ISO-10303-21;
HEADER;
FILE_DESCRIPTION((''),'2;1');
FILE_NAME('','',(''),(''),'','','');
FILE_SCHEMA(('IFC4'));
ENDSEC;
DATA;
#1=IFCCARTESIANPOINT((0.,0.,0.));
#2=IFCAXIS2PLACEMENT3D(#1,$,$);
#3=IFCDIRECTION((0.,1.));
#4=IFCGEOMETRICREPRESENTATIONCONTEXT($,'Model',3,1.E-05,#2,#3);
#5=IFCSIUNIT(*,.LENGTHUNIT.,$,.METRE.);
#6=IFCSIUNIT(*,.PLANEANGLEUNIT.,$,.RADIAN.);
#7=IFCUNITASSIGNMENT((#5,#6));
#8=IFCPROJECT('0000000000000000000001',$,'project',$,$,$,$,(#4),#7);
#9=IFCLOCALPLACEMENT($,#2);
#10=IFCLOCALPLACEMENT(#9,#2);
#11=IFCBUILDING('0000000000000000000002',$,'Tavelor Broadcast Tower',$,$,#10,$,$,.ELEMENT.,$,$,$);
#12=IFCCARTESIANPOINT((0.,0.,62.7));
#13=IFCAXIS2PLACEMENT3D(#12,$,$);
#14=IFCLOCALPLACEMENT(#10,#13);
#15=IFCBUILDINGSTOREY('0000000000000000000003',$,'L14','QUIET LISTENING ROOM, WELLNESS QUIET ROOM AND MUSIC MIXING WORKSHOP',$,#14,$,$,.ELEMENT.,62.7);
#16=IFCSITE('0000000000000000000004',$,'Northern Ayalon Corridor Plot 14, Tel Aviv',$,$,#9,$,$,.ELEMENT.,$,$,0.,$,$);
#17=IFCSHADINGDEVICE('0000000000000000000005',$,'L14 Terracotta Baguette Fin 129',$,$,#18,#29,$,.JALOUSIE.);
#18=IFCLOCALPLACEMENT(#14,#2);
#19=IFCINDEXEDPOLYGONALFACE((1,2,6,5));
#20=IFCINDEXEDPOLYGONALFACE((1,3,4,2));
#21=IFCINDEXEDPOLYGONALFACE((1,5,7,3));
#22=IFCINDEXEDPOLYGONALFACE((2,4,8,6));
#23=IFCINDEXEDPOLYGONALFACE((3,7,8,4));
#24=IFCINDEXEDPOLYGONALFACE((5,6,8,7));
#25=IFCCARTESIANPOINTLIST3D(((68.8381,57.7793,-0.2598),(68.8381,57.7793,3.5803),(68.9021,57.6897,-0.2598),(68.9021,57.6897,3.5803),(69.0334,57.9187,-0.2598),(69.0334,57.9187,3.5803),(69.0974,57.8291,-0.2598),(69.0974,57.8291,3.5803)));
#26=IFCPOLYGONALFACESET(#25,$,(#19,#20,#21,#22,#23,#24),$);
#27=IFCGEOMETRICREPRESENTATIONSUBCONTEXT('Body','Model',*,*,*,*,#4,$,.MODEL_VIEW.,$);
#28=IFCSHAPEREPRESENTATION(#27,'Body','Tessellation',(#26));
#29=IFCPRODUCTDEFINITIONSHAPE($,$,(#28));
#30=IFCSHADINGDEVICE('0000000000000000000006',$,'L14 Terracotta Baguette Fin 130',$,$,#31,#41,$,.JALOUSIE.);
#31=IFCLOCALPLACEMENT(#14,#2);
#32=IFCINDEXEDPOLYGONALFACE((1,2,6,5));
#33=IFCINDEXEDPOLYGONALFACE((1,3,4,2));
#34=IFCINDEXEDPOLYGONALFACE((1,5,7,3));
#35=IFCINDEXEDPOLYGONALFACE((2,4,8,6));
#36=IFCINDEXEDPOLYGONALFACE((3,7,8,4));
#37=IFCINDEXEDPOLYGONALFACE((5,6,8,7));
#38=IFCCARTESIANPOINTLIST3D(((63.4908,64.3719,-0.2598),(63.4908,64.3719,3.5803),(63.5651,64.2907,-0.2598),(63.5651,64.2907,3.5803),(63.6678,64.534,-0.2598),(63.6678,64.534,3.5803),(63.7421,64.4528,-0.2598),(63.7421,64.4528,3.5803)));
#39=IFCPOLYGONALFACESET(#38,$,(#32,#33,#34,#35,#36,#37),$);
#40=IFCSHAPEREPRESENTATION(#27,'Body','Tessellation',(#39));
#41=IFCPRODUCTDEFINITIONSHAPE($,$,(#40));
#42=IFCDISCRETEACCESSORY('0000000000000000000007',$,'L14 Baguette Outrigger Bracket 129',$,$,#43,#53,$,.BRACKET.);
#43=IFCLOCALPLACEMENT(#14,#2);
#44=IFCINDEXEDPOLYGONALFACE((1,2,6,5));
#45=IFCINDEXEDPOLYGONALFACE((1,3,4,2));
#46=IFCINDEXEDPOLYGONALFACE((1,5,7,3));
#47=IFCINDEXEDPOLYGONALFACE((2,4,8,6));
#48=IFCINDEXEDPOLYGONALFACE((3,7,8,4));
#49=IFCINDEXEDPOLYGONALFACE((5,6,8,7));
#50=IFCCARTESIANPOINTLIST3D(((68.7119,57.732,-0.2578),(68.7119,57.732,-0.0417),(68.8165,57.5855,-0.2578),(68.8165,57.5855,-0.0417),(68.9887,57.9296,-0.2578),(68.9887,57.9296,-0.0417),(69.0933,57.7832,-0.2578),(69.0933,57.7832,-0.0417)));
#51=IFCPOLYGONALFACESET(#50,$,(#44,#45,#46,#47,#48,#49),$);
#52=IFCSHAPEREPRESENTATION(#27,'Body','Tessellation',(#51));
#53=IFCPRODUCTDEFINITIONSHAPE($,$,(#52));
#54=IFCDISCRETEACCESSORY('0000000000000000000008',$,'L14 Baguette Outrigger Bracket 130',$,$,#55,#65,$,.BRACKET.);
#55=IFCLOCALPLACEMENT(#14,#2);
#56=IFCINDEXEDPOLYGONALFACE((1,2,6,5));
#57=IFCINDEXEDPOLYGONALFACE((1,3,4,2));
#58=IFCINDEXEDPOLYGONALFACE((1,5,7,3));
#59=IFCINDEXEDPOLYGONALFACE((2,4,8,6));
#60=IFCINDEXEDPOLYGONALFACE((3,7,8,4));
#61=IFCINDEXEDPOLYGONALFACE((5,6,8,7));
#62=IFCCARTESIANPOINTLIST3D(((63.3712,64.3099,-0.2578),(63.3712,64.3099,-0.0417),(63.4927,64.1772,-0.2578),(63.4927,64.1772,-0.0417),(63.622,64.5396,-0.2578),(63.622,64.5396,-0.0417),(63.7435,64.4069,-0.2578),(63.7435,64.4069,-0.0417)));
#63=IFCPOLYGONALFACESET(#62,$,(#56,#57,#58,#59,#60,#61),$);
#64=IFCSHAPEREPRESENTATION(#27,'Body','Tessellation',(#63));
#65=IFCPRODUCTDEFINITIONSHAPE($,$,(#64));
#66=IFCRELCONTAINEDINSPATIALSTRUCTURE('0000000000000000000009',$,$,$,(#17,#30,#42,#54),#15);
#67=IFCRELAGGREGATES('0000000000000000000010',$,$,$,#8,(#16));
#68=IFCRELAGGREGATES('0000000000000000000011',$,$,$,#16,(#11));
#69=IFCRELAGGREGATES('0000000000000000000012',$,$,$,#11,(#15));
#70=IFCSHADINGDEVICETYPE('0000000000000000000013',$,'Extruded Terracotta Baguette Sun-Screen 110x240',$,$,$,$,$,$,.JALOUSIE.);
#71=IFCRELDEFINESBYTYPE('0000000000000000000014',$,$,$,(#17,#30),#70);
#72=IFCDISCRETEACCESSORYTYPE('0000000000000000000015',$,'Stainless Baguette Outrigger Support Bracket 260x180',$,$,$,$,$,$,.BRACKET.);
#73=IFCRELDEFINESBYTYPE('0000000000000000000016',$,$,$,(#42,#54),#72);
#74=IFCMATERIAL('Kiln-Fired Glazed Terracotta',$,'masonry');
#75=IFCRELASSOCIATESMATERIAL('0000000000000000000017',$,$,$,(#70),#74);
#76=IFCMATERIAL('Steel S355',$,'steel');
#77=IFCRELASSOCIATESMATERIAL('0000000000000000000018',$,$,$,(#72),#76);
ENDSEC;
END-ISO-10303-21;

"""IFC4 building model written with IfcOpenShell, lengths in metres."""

from ifc_helpers import new_model, si_unit, direction, frame, origin, origin_2d, place, context, subcontext, project, spatial, rectangle, extrude, source, transform, mapped, material, type_object, type_shapes, element, save


model = new_model("IFC4")

# Units and contexts
model_context = context("Model", 3, precision=1e-05, world=origin(), true_north=direction((0.0, 1.0)))
body_context = subcontext(model_context, "Body", "Model", "MODEL_VIEW")
ifc_project = project(units=[si_unit("LENGTHUNIT", "METRE"), si_unit("PLANEANGLEUNIT", "RADIAN")], contexts=[model_context])

# Site, building, storey
site_placement = place(None, origin())
site = spatial("IfcSite", under=ifc_project, at=site_placement, Name="Northern Ayalon Corridor Plot 14, Tel Aviv", CompositionType="ELEMENT", RefElevation=0.0)
building_placement = place(site_placement, origin())
building = spatial("IfcBuilding", under=site, at=building_placement, Name="Tavelor Broadcast Tower", CompositionType="ELEMENT")
storey_placement = place(building_placement, frame((0.0, 0.0, 62.7)))
storey = spatial("IfcBuildingStorey", under=building, at=storey_placement, Name="L14", Description="QUIET LISTENING ROOM, WELLNESS QUIET ROOM AND MUSIC MIXING WORKSHOP", CompositionType="ELEMENT", Elevation=62.7)

# Shared definitions
ifc_material_1 = material(Name="Steel S355", Category="steel")

# Shading devices
ifc_material_2 = material(Name="Kiln-Fired Glazed Terracotta", Category="masonry")
shading_device_type = type_object("IfcShadingDeviceType", Name="Extruded Terracotta Baguette Sun-Screen 110x240", PredefinedType="JALOUSIE", material=ifc_material_2)
shared_shape_1 = source(origin(), body_context, "Body", "SweptSolid", [
    extrude(rectangle(XDim=0.1101, YDim=0.24, at=origin_2d()), origin(), (0.0, 0.0, 1.0), 3.8401),
])
type_shapes(shading_device_type, [shared_shape_1])
for number, where, z_axis, x_axis, name in (
    (1, (68.9678, 57.8042, -0.2598), (0.0, 0.0, 1.0), (-0.581129, 0.813811, 0.0), "L14 Terracotta Baguette Fin 129"),
    (2, (63.6165, 64.4124, -0.2598), (0.0, 0.0, 1.0), (-0.675333, 0.737513, 0.0), "L14 Terracotta Baguette Fin 130"),
):
    element("IfcShadingDevice", number, at=place(storey_placement, frame(where, z_axis=z_axis, x_axis=x_axis)), inside=storey, type_object=shading_device_type, Name=name, PredefinedType="JALOUSIE", context=body_context, shape_type="MappedRepresentation", body=[
        mapped(shared_shape_1, transform((0.0, 0.0, 0.0), scale=1.0)),
    ])

# Discrete accessories
discrete_accessory_type = type_object("IfcDiscreteAccessoryType", Name="Stainless Baguette Outrigger Support Bracket 260x180", PredefinedType="BRACKET", material=ifc_material_1)
shared_shape_2 = source(origin(), body_context, "Body", "SweptSolid", [
    extrude(rectangle(XDim=0.1799, YDim=0.3401, at=origin_2d()), origin(), (0.0, 0.0, 1.0), 0.2161),
])
type_shapes(discrete_accessory_type, [shared_shape_2])
for number, where, z_axis, x_axis, name in (
    (3, (68.9026, 57.7576, -0.2578), (0.0, 0.0, 1.0), (-0.581129, 0.813811, 0.0), "L14 Baguette Outrigger Bracket 129"),
    (4, (63.5574, 64.3584, -0.2578), (0.0, 0.0, 1.0), (-0.675333, 0.737513, 0.0), "L14 Baguette Outrigger Bracket 130"),
):
    element("IfcDiscreteAccessory", number, at=place(storey_placement, frame(where, z_axis=z_axis, x_axis=x_axis)), inside=storey, type_object=discrete_accessory_type, Name=name, PredefinedType="BRACKET", context=body_context, shape_type="MappedRepresentation", body=[
        mapped(shared_shape_2, transform((0.0, 0.0, 0.0), scale=1.0)),
    ])

save(model, "model.ifc")
